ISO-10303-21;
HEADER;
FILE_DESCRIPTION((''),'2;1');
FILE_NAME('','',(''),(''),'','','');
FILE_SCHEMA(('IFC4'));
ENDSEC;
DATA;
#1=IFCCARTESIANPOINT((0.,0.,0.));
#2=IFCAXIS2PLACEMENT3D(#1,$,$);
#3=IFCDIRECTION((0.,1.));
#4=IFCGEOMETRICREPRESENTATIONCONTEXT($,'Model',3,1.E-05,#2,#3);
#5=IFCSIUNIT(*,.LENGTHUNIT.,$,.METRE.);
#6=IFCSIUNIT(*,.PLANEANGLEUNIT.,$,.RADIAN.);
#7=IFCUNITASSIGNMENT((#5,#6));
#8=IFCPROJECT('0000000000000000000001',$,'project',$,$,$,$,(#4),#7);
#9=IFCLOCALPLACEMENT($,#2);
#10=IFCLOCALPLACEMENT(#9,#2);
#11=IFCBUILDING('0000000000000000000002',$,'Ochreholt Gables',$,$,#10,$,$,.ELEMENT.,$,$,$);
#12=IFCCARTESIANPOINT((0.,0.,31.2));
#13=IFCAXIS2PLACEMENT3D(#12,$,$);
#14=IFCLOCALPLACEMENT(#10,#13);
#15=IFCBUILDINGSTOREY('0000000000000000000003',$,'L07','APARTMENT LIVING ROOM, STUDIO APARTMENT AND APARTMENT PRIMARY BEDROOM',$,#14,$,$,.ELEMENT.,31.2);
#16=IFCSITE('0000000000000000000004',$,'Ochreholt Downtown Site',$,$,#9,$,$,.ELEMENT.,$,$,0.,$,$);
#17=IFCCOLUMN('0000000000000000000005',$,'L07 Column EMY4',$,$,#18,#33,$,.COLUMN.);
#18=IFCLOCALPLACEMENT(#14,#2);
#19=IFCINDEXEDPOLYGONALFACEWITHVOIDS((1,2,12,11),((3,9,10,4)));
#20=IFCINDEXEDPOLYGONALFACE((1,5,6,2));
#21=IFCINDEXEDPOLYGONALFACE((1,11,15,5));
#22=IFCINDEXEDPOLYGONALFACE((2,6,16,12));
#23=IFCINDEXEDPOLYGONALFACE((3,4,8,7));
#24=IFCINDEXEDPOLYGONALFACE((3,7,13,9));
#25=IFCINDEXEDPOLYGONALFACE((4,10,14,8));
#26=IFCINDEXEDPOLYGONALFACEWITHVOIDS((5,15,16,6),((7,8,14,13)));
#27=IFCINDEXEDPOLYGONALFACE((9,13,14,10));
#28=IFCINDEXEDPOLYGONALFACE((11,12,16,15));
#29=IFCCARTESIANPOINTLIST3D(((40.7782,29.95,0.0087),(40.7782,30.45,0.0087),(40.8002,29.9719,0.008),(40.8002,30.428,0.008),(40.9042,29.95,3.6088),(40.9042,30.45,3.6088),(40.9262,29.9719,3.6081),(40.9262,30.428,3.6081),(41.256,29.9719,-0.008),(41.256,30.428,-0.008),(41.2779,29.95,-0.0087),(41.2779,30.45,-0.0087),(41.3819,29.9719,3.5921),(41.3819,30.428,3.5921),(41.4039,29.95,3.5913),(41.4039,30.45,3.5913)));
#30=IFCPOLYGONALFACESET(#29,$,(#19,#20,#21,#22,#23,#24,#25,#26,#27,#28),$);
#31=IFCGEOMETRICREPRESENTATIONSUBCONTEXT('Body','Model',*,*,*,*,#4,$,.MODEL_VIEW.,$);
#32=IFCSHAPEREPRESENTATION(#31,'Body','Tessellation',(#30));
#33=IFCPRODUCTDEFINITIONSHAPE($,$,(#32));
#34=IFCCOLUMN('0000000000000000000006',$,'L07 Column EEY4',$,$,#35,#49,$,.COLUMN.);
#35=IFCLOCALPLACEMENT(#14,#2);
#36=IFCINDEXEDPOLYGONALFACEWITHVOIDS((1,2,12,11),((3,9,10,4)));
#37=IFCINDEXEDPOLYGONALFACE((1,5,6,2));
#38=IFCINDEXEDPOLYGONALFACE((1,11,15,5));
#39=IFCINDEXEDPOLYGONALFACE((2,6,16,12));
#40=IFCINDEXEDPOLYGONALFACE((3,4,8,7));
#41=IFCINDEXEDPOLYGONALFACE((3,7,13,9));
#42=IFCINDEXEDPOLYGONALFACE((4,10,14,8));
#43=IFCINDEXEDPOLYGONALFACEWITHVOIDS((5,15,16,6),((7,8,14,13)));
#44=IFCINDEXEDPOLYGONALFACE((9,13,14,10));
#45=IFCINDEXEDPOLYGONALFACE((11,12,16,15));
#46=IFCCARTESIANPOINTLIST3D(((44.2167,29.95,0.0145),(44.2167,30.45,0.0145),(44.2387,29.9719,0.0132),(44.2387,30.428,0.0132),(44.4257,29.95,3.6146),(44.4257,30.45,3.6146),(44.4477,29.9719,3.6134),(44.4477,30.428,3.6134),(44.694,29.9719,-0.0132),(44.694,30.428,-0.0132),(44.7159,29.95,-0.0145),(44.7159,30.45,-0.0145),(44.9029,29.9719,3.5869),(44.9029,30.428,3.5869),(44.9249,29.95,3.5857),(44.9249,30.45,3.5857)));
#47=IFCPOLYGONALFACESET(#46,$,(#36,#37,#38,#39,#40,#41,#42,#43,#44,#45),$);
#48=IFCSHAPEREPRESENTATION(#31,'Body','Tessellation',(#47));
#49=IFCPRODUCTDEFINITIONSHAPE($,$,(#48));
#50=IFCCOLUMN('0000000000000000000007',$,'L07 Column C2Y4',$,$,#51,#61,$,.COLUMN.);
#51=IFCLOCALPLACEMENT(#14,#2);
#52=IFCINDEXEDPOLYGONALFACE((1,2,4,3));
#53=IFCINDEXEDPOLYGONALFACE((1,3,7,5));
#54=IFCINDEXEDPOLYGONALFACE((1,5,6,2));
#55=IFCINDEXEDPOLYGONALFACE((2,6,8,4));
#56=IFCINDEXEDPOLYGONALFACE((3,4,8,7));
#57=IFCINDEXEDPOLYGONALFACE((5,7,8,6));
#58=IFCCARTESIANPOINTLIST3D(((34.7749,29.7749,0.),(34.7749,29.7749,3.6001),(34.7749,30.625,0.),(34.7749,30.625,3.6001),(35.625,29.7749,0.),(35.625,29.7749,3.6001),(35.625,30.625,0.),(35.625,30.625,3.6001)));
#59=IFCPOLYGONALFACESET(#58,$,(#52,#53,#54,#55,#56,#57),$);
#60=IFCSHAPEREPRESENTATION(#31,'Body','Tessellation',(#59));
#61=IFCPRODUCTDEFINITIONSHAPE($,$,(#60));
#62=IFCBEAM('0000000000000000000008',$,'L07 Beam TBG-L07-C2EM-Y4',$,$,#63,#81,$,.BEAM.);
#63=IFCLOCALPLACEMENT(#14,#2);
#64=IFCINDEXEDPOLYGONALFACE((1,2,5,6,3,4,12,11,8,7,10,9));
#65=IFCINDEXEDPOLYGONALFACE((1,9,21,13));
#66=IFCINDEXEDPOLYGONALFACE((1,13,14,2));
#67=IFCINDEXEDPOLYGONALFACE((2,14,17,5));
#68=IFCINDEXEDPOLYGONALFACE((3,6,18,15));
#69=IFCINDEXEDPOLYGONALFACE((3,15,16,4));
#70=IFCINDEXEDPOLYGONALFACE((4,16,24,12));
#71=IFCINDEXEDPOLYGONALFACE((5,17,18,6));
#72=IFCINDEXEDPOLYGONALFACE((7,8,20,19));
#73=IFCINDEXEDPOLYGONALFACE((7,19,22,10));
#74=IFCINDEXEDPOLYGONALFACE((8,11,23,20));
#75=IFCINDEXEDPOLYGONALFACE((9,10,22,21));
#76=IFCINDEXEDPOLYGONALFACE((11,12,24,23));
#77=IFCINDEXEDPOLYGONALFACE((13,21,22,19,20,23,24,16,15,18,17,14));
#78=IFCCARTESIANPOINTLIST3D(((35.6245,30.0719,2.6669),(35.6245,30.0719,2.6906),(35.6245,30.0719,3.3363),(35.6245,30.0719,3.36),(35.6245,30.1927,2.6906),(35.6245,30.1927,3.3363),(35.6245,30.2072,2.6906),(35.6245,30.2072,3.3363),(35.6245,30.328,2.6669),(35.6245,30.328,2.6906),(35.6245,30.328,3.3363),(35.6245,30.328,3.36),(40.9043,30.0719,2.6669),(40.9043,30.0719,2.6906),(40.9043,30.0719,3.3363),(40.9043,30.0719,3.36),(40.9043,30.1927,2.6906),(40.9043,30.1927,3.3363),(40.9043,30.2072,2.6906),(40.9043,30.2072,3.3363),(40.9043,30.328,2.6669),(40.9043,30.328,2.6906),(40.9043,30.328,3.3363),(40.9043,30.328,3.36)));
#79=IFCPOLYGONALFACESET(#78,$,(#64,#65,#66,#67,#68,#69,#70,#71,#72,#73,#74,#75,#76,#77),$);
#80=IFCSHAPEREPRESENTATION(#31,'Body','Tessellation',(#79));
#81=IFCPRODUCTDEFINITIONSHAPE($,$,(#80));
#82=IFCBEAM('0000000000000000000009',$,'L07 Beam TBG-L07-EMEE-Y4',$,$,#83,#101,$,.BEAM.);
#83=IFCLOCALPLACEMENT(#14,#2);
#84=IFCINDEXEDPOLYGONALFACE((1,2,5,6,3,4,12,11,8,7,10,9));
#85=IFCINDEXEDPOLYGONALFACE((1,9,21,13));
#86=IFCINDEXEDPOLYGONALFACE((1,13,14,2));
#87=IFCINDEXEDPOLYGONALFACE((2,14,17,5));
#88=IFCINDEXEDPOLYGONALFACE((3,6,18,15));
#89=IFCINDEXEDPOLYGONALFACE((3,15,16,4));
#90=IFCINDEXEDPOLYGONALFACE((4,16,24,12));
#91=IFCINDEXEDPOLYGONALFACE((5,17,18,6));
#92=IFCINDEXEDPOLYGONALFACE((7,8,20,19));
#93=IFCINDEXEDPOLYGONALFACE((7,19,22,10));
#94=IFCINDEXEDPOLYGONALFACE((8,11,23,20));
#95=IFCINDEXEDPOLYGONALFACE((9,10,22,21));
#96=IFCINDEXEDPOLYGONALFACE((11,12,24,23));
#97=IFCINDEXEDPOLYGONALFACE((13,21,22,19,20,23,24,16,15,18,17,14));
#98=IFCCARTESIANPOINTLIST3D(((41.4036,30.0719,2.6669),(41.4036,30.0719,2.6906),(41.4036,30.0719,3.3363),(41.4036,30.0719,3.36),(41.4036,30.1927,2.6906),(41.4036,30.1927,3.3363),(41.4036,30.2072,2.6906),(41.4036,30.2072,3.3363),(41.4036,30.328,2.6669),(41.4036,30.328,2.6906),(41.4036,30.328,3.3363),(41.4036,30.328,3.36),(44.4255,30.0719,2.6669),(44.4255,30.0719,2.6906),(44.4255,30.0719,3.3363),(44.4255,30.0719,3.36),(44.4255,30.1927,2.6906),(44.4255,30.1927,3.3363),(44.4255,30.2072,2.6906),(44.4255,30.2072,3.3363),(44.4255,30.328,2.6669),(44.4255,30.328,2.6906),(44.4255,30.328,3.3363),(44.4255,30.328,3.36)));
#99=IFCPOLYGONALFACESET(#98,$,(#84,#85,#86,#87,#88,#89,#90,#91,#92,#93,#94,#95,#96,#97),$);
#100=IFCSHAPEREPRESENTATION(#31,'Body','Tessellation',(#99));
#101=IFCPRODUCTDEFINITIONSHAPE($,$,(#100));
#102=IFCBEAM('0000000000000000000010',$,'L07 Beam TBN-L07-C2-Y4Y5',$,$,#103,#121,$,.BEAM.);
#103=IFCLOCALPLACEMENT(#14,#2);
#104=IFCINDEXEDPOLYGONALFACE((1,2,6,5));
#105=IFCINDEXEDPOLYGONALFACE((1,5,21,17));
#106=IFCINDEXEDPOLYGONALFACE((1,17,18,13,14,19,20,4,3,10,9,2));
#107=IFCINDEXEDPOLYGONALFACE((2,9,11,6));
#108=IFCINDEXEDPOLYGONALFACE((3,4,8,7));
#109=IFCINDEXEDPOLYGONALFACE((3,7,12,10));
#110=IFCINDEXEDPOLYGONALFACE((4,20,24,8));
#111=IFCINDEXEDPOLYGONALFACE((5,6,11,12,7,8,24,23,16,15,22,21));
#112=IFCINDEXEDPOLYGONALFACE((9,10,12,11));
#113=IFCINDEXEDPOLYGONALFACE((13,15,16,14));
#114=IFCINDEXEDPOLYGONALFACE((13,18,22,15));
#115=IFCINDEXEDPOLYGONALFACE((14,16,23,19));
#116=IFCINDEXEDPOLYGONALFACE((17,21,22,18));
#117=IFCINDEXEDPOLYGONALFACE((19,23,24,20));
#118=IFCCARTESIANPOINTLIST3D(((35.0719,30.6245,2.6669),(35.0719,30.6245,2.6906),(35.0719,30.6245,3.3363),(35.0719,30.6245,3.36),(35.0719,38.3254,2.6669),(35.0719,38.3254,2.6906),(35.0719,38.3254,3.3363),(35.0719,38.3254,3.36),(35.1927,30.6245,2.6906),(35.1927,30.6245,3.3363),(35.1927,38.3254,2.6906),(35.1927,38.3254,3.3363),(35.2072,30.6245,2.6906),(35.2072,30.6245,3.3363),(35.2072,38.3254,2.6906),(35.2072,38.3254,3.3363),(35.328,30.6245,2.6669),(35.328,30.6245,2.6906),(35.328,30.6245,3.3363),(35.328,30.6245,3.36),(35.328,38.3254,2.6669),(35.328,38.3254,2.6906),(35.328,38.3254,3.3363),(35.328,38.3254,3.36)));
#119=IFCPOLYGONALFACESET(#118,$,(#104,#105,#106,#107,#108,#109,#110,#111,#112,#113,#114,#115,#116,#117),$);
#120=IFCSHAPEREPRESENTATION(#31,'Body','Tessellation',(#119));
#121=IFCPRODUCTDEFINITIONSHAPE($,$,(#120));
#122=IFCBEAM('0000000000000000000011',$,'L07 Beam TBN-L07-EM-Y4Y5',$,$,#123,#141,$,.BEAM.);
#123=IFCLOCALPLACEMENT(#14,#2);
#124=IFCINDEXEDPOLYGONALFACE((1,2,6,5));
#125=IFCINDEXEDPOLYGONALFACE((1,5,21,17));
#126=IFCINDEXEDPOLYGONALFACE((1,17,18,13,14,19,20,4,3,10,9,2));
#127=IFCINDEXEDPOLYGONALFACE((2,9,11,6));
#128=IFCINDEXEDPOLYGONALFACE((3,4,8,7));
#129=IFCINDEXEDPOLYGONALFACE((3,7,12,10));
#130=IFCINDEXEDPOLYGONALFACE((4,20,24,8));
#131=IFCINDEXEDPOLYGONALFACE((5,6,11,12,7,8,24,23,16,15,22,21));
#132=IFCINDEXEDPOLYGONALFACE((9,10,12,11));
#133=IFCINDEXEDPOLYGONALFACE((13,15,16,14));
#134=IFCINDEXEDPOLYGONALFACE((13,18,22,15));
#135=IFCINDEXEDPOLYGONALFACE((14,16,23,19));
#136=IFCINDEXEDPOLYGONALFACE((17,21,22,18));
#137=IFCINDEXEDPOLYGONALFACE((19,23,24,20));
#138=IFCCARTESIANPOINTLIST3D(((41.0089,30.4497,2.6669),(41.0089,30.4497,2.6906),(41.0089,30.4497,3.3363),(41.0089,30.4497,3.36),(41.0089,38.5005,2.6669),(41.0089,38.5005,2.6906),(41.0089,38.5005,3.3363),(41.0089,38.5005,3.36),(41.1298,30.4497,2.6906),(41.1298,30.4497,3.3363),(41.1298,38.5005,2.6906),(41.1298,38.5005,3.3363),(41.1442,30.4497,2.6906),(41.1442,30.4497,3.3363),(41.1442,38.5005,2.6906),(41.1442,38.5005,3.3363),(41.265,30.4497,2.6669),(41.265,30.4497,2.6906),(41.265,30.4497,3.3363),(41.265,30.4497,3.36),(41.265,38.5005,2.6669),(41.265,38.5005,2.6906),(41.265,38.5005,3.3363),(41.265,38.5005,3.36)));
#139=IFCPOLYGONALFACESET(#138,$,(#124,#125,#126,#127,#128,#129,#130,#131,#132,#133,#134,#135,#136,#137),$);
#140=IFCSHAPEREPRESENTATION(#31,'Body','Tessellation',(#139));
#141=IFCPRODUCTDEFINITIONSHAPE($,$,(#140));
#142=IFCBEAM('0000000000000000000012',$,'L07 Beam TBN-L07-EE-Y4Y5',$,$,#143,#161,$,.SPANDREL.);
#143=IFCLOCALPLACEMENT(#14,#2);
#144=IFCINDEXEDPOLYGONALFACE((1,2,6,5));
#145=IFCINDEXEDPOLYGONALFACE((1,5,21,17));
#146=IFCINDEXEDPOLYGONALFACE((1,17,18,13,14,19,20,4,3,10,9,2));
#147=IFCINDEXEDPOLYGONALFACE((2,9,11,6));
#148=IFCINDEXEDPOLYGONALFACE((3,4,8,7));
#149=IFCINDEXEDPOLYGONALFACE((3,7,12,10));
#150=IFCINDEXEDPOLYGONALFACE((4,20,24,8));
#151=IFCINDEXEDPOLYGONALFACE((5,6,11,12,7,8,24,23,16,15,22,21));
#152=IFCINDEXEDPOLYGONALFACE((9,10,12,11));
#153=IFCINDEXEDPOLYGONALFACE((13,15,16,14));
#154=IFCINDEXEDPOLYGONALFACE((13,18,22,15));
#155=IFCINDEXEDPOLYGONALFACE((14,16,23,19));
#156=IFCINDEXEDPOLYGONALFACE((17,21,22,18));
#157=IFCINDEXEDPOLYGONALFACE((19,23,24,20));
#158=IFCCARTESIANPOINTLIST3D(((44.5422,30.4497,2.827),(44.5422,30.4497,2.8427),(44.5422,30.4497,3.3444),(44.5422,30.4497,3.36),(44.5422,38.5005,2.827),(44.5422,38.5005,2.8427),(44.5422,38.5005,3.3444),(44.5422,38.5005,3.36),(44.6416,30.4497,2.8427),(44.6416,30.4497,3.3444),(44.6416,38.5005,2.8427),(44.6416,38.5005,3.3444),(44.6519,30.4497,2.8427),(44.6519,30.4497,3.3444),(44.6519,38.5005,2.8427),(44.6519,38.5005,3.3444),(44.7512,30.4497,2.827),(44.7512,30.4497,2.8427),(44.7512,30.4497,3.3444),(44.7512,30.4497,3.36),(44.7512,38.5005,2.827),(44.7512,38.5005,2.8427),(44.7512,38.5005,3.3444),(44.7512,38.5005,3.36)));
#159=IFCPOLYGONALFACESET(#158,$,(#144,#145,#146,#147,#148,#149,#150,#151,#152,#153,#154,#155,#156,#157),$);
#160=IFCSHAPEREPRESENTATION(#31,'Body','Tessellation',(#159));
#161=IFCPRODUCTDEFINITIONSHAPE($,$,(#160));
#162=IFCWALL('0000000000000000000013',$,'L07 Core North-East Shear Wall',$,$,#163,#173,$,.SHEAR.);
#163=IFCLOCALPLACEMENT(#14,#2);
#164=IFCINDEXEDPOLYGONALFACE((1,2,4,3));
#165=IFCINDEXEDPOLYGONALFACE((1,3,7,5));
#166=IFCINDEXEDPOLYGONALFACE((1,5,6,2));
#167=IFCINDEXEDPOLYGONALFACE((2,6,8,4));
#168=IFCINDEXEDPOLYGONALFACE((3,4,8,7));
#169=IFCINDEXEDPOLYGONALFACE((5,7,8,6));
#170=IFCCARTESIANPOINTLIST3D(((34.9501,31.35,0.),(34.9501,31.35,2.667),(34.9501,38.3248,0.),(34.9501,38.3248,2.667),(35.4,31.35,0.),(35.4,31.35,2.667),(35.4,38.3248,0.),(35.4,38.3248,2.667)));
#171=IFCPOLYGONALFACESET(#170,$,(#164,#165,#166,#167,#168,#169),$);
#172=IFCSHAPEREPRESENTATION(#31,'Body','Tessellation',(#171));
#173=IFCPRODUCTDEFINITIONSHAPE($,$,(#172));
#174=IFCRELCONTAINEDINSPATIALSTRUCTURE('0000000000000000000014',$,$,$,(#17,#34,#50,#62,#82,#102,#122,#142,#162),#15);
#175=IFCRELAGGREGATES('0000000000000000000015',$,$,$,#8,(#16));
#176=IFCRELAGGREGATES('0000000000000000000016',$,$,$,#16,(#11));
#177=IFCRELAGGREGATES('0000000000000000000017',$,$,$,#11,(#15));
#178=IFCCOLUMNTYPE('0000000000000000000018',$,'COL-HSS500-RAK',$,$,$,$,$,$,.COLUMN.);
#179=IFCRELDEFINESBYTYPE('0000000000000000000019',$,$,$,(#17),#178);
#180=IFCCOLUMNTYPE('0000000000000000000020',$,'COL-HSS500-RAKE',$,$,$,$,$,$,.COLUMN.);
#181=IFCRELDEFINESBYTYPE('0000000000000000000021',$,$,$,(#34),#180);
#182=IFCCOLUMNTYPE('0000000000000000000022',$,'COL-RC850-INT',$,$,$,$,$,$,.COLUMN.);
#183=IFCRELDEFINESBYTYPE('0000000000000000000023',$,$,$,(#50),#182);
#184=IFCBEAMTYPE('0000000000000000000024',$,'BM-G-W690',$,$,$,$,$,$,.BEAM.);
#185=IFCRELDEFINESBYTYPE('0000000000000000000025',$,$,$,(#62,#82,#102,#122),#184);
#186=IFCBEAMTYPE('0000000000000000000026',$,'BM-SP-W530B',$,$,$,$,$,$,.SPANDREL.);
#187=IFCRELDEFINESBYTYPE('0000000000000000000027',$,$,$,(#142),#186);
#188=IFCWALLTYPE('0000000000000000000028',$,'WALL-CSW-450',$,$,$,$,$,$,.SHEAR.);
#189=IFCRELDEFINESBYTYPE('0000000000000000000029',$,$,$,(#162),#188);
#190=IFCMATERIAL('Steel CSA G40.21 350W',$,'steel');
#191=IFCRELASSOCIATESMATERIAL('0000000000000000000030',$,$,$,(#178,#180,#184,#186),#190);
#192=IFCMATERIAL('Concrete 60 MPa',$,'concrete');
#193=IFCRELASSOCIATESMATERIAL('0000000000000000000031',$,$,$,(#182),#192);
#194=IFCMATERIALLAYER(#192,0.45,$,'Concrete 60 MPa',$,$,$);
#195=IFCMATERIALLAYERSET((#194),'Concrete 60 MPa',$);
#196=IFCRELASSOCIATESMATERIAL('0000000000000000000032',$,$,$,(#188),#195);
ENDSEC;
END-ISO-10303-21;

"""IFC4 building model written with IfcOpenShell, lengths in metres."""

from ifc_helpers import new_model, si_unit, direction, frame, frame_2d, origin, origin_2d, place, context, subcontext, project, spatial, rectangle, hollow_rectangle, i_section, extrude, material, layer, layer_set, material_profile, profile_set, type_object, element, save


model = new_model("IFC4")

# Units and contexts
model_context = context("Model", 3, precision=1e-05, world=origin(), true_north=direction((0.0, 1.0)))
body_context = subcontext(model_context, "Body", "Model", "MODEL_VIEW")
ifc_project = project(units=[si_unit("LENGTHUNIT", "METRE"), si_unit("PLANEANGLEUNIT", "RADIAN")], contexts=[model_context])

# Site, building, storey
site_placement = place(None, origin())
site = spatial("IfcSite", under=ifc_project, at=site_placement, Name="Ochreholt Downtown Site", CompositionType="ELEMENT", RefElevation=0.0)
building_placement = place(site_placement, origin())
building = spatial("IfcBuilding", under=site, at=building_placement, Name="Ochreholt Gables", CompositionType="ELEMENT")
storey_placement = place(building_placement, frame((0.0, 0.0, 31.2)))
storey = spatial("IfcBuildingStorey", under=building, at=storey_placement, Name="L07", Description="APARTMENT LIVING ROOM, STUDIO APARTMENT AND APARTMENT PRIMARY BEDROOM", CompositionType="ELEMENT", Elevation=31.2)

# Columns
ifc_material_1 = material(Name="Steel CSA G40.21 350W", Category="steel")
ifc_material_profile_1 = material_profile(ifc_material_1, hollow_rectangle(XDim=0.5, YDim=0.5, WallThickness=0.022, at=origin_2d()), Name="HSS500X500X22")
ifc_profile_set_1 = profile_set([ifc_material_profile_1], Name="Steel CSA G40.21 350W")
column_type_1 = type_object("IfcColumnType", Name="COL-HSS500-RAK", PredefinedType="COLUMN", material=ifc_profile_set_1)
column_1_placement = place(storey_placement, frame((41.0281, 30.2, 0.0), z_axis=(0.034971, 0.0, 0.999388), x_axis=(0.0, 1.0, 0.0)))
element("IfcColumn", 1, at=column_1_placement, inside=storey, type_object=column_type_1, Name="L07 Column EMY4", PredefinedType="COLUMN", context=body_context, shape_type="SweptSolid", body=[
    extrude(hollow_rectangle(XDim=0.5, YDim=0.5, WallThickness=0.022, at=origin_2d()), origin(), (0.0, 0.0, 1.0), 3.6023),
])
ifc_material_profile_2 = material_profile(ifc_material_1, hollow_rectangle(XDim=0.5, YDim=0.5, WallThickness=0.022, at=origin_2d()), Name="HSS500X500X22")
ifc_profile_set_2 = profile_set([ifc_material_profile_2], Name="Steel CSA G40.21 350W")
column_type_2 = type_object("IfcColumnType", Name="COL-HSS500-RAKE", PredefinedType="COLUMN", material=ifc_profile_set_2)
column_2_placement = place(storey_placement, frame((44.4663, 30.2, 0.0), z_axis=(0.057952, 0.0, 0.998319), x_axis=(0.0, 1.0, 0.0)))
element("IfcColumn", 2, at=column_2_placement, inside=storey, type_object=column_type_2, Name="L07 Column EEY4", PredefinedType="COLUMN", context=body_context, shape_type="SweptSolid", body=[
    extrude(hollow_rectangle(XDim=0.5, YDim=0.5, WallThickness=0.022, at=origin_2d()), origin(), (0.0, 0.0, 1.0), 3.6062),
])
ifc_material_2 = material(Name="Concrete 60 MPa", Category="concrete")
ifc_material_profile_3 = material_profile(ifc_material_2, rectangle(XDim=0.8501, YDim=0.8501, at=origin_2d()), Name="RC850X850")
ifc_profile_set_3 = profile_set([ifc_material_profile_3], Name="Concrete 60 MPa")
column_type_3 = type_object("IfcColumnType", Name="COL-RC850-INT", PredefinedType="COLUMN", material=ifc_profile_set_3)
column_3_placement = place(storey_placement, frame((35.2, 30.2, 0.0), z_axis=(0.0, 0.0, 1.0), x_axis=(1.0, 0.0, 0.0)))
element("IfcColumn", 3, at=column_3_placement, inside=storey, type_object=column_type_3, Name="L07 Column C2Y4", PredefinedType="COLUMN", context=body_context, shape_type="SweptSolid", body=[
    extrude(rectangle(XDim=0.8501, YDim=0.8501, at=origin_2d()), origin(), (0.0, 0.0, 1.0), 3.6001),
])

# Beams
ifc_material_profile_4 = material_profile(ifc_material_1, i_section(OverallWidth=0.2561, OverallDepth=0.6931, WebThickness=0.0144, FlangeThickness=0.0237, at=origin_2d()), Name="W690X170")
ifc_profile_set_4 = profile_set([ifc_material_profile_4], Name="Steel CSA G40.21 350W")
beam_type_1 = type_object("IfcBeamType", Name="BM-G-W690", PredefinedType="BEAM", material=ifc_profile_set_4)
beam_1_placement = place(storey_placement, frame((35.6245, 30.2, 3.0134), z_axis=(1.0, 0.0, 0.0), x_axis=(0.0, 1.0, 0.0)))
element("IfcBeam", 4, at=beam_1_placement, inside=storey, type_object=beam_type_1, Name="L07 Beam TBG-L07-C2EM-Y4", PredefinedType="BEAM", context=body_context, shape_type="SweptSolid", body=[
    extrude(i_section(OverallWidth=0.2561, OverallDepth=0.6931, WebThickness=0.0144, FlangeThickness=0.0237, at=origin_2d()), origin(), (0.0, 0.0, 1.0), 5.2798),
])
beam_2_placement = place(storey_placement, frame((41.4036, 30.2, 3.0134), z_axis=(1.0, 0.0, 0.0), x_axis=(0.0, 1.0, 0.0)))
element("IfcBeam", 5, at=beam_2_placement, inside=storey, type_object=beam_type_1, Name="L07 Beam TBG-L07-EMEE-Y4", PredefinedType="BEAM", context=body_context, shape_type="SweptSolid", body=[
    extrude(i_section(OverallWidth=0.2561, OverallDepth=0.6931, WebThickness=0.0144, FlangeThickness=0.0237, at=origin_2d()), origin(), (0.0, 0.0, 1.0), 3.022),
])
beam_3_placement = place(storey_placement, frame((35.2, 30.6245, 3.0134), z_axis=(0.0, 1.0, 0.0), x_axis=(-1.0, 0.0, 0.0)))
element("IfcBeam", 6, at=beam_3_placement, inside=storey, type_object=beam_type_1, Name="L07 Beam TBN-L07-C2-Y4Y5", PredefinedType="BEAM", context=body_context, shape_type="SweptSolid", body=[
    extrude(i_section(OverallWidth=0.2561, OverallDepth=0.6931, WebThickness=0.0144, FlangeThickness=0.0237, at=origin_2d()), origin(), (0.0, 0.0, 1.0), 7.7009),
])
beam_4_placement = place(storey_placement, frame((41.137, 30.4497, 3.0134), z_axis=(0.0, 1.0, 0.0), x_axis=(-1.0, 0.0, 0.0)))
element("IfcBeam", 7, at=beam_4_placement, inside=storey, type_object=beam_type_1, Name="L07 Beam TBN-L07-EM-Y4Y5", PredefinedType="BEAM", context=body_context, shape_type="SweptSolid", body=[
    extrude(i_section(OverallWidth=0.2561, OverallDepth=0.6931, WebThickness=0.0144, FlangeThickness=0.0237, at=origin_2d()), origin(), (0.0, 0.0, 1.0), 8.0508),
])
ifc_material_profile_5 = material_profile(ifc_material_1, i_section(OverallWidth=0.209, OverallDepth=0.533, WebThickness=0.0103, FlangeThickness=0.0156, at=origin_2d()), Name="W530X92")
ifc_profile_set_5 = profile_set([ifc_material_profile_5], Name="Steel CSA G40.21 350W")
beam_type_2 = type_object("IfcBeamType", Name="BM-SP-W530B", PredefinedType="SPANDREL", material=ifc_profile_set_5)
beam_5_placement = place(storey_placement, frame((44.6467, 30.4497, 3.0935), z_axis=(0.0, 1.0, 0.0), x_axis=(-1.0, 0.0, 0.0)))
element("IfcBeam", 8, at=beam_5_placement, inside=storey, type_object=beam_type_2, Name="L07 Beam TBN-L07-EE-Y4Y5", PredefinedType="SPANDREL", context=body_context, shape_type="SweptSolid", body=[
    extrude(i_section(OverallWidth=0.209, OverallDepth=0.533, WebThickness=0.0103, FlangeThickness=0.0156, at=origin_2d()), origin(), (0.0, 0.0, 1.0), 8.0508),
])

# Wall
ifc_layer_1 = layer(ifc_material_2, 0.45, Name="Concrete 60 MPa")
ifc_layer_set_1 = layer_set([ifc_layer_1], Name="Concrete 60 MPa")
wall_type_1 = type_object("IfcWallType", Name="WALL-CSW-450", PredefinedType="SHEAR", material=ifc_layer_set_1)
wall_1_placement = place(storey_placement, frame((35.175, 31.3501, 0.0), z_axis=(0.0, 0.0, 1.0), x_axis=(0.0, 1.0, 0.0)))
element("IfcWall", 9, at=wall_1_placement, inside=storey, type_object=wall_type_1, Name="L07 Core North-East Shear Wall", PredefinedType="SHEAR", context=body_context, shape_type="SweptSolid", body=[
    extrude(rectangle(XDim=6.9749, YDim=0.45, at=frame_2d((3.4873, 0.0))), origin(), (0.0, 0.0, 1.0), 2.667),
])

save(model, "model.ifc")
